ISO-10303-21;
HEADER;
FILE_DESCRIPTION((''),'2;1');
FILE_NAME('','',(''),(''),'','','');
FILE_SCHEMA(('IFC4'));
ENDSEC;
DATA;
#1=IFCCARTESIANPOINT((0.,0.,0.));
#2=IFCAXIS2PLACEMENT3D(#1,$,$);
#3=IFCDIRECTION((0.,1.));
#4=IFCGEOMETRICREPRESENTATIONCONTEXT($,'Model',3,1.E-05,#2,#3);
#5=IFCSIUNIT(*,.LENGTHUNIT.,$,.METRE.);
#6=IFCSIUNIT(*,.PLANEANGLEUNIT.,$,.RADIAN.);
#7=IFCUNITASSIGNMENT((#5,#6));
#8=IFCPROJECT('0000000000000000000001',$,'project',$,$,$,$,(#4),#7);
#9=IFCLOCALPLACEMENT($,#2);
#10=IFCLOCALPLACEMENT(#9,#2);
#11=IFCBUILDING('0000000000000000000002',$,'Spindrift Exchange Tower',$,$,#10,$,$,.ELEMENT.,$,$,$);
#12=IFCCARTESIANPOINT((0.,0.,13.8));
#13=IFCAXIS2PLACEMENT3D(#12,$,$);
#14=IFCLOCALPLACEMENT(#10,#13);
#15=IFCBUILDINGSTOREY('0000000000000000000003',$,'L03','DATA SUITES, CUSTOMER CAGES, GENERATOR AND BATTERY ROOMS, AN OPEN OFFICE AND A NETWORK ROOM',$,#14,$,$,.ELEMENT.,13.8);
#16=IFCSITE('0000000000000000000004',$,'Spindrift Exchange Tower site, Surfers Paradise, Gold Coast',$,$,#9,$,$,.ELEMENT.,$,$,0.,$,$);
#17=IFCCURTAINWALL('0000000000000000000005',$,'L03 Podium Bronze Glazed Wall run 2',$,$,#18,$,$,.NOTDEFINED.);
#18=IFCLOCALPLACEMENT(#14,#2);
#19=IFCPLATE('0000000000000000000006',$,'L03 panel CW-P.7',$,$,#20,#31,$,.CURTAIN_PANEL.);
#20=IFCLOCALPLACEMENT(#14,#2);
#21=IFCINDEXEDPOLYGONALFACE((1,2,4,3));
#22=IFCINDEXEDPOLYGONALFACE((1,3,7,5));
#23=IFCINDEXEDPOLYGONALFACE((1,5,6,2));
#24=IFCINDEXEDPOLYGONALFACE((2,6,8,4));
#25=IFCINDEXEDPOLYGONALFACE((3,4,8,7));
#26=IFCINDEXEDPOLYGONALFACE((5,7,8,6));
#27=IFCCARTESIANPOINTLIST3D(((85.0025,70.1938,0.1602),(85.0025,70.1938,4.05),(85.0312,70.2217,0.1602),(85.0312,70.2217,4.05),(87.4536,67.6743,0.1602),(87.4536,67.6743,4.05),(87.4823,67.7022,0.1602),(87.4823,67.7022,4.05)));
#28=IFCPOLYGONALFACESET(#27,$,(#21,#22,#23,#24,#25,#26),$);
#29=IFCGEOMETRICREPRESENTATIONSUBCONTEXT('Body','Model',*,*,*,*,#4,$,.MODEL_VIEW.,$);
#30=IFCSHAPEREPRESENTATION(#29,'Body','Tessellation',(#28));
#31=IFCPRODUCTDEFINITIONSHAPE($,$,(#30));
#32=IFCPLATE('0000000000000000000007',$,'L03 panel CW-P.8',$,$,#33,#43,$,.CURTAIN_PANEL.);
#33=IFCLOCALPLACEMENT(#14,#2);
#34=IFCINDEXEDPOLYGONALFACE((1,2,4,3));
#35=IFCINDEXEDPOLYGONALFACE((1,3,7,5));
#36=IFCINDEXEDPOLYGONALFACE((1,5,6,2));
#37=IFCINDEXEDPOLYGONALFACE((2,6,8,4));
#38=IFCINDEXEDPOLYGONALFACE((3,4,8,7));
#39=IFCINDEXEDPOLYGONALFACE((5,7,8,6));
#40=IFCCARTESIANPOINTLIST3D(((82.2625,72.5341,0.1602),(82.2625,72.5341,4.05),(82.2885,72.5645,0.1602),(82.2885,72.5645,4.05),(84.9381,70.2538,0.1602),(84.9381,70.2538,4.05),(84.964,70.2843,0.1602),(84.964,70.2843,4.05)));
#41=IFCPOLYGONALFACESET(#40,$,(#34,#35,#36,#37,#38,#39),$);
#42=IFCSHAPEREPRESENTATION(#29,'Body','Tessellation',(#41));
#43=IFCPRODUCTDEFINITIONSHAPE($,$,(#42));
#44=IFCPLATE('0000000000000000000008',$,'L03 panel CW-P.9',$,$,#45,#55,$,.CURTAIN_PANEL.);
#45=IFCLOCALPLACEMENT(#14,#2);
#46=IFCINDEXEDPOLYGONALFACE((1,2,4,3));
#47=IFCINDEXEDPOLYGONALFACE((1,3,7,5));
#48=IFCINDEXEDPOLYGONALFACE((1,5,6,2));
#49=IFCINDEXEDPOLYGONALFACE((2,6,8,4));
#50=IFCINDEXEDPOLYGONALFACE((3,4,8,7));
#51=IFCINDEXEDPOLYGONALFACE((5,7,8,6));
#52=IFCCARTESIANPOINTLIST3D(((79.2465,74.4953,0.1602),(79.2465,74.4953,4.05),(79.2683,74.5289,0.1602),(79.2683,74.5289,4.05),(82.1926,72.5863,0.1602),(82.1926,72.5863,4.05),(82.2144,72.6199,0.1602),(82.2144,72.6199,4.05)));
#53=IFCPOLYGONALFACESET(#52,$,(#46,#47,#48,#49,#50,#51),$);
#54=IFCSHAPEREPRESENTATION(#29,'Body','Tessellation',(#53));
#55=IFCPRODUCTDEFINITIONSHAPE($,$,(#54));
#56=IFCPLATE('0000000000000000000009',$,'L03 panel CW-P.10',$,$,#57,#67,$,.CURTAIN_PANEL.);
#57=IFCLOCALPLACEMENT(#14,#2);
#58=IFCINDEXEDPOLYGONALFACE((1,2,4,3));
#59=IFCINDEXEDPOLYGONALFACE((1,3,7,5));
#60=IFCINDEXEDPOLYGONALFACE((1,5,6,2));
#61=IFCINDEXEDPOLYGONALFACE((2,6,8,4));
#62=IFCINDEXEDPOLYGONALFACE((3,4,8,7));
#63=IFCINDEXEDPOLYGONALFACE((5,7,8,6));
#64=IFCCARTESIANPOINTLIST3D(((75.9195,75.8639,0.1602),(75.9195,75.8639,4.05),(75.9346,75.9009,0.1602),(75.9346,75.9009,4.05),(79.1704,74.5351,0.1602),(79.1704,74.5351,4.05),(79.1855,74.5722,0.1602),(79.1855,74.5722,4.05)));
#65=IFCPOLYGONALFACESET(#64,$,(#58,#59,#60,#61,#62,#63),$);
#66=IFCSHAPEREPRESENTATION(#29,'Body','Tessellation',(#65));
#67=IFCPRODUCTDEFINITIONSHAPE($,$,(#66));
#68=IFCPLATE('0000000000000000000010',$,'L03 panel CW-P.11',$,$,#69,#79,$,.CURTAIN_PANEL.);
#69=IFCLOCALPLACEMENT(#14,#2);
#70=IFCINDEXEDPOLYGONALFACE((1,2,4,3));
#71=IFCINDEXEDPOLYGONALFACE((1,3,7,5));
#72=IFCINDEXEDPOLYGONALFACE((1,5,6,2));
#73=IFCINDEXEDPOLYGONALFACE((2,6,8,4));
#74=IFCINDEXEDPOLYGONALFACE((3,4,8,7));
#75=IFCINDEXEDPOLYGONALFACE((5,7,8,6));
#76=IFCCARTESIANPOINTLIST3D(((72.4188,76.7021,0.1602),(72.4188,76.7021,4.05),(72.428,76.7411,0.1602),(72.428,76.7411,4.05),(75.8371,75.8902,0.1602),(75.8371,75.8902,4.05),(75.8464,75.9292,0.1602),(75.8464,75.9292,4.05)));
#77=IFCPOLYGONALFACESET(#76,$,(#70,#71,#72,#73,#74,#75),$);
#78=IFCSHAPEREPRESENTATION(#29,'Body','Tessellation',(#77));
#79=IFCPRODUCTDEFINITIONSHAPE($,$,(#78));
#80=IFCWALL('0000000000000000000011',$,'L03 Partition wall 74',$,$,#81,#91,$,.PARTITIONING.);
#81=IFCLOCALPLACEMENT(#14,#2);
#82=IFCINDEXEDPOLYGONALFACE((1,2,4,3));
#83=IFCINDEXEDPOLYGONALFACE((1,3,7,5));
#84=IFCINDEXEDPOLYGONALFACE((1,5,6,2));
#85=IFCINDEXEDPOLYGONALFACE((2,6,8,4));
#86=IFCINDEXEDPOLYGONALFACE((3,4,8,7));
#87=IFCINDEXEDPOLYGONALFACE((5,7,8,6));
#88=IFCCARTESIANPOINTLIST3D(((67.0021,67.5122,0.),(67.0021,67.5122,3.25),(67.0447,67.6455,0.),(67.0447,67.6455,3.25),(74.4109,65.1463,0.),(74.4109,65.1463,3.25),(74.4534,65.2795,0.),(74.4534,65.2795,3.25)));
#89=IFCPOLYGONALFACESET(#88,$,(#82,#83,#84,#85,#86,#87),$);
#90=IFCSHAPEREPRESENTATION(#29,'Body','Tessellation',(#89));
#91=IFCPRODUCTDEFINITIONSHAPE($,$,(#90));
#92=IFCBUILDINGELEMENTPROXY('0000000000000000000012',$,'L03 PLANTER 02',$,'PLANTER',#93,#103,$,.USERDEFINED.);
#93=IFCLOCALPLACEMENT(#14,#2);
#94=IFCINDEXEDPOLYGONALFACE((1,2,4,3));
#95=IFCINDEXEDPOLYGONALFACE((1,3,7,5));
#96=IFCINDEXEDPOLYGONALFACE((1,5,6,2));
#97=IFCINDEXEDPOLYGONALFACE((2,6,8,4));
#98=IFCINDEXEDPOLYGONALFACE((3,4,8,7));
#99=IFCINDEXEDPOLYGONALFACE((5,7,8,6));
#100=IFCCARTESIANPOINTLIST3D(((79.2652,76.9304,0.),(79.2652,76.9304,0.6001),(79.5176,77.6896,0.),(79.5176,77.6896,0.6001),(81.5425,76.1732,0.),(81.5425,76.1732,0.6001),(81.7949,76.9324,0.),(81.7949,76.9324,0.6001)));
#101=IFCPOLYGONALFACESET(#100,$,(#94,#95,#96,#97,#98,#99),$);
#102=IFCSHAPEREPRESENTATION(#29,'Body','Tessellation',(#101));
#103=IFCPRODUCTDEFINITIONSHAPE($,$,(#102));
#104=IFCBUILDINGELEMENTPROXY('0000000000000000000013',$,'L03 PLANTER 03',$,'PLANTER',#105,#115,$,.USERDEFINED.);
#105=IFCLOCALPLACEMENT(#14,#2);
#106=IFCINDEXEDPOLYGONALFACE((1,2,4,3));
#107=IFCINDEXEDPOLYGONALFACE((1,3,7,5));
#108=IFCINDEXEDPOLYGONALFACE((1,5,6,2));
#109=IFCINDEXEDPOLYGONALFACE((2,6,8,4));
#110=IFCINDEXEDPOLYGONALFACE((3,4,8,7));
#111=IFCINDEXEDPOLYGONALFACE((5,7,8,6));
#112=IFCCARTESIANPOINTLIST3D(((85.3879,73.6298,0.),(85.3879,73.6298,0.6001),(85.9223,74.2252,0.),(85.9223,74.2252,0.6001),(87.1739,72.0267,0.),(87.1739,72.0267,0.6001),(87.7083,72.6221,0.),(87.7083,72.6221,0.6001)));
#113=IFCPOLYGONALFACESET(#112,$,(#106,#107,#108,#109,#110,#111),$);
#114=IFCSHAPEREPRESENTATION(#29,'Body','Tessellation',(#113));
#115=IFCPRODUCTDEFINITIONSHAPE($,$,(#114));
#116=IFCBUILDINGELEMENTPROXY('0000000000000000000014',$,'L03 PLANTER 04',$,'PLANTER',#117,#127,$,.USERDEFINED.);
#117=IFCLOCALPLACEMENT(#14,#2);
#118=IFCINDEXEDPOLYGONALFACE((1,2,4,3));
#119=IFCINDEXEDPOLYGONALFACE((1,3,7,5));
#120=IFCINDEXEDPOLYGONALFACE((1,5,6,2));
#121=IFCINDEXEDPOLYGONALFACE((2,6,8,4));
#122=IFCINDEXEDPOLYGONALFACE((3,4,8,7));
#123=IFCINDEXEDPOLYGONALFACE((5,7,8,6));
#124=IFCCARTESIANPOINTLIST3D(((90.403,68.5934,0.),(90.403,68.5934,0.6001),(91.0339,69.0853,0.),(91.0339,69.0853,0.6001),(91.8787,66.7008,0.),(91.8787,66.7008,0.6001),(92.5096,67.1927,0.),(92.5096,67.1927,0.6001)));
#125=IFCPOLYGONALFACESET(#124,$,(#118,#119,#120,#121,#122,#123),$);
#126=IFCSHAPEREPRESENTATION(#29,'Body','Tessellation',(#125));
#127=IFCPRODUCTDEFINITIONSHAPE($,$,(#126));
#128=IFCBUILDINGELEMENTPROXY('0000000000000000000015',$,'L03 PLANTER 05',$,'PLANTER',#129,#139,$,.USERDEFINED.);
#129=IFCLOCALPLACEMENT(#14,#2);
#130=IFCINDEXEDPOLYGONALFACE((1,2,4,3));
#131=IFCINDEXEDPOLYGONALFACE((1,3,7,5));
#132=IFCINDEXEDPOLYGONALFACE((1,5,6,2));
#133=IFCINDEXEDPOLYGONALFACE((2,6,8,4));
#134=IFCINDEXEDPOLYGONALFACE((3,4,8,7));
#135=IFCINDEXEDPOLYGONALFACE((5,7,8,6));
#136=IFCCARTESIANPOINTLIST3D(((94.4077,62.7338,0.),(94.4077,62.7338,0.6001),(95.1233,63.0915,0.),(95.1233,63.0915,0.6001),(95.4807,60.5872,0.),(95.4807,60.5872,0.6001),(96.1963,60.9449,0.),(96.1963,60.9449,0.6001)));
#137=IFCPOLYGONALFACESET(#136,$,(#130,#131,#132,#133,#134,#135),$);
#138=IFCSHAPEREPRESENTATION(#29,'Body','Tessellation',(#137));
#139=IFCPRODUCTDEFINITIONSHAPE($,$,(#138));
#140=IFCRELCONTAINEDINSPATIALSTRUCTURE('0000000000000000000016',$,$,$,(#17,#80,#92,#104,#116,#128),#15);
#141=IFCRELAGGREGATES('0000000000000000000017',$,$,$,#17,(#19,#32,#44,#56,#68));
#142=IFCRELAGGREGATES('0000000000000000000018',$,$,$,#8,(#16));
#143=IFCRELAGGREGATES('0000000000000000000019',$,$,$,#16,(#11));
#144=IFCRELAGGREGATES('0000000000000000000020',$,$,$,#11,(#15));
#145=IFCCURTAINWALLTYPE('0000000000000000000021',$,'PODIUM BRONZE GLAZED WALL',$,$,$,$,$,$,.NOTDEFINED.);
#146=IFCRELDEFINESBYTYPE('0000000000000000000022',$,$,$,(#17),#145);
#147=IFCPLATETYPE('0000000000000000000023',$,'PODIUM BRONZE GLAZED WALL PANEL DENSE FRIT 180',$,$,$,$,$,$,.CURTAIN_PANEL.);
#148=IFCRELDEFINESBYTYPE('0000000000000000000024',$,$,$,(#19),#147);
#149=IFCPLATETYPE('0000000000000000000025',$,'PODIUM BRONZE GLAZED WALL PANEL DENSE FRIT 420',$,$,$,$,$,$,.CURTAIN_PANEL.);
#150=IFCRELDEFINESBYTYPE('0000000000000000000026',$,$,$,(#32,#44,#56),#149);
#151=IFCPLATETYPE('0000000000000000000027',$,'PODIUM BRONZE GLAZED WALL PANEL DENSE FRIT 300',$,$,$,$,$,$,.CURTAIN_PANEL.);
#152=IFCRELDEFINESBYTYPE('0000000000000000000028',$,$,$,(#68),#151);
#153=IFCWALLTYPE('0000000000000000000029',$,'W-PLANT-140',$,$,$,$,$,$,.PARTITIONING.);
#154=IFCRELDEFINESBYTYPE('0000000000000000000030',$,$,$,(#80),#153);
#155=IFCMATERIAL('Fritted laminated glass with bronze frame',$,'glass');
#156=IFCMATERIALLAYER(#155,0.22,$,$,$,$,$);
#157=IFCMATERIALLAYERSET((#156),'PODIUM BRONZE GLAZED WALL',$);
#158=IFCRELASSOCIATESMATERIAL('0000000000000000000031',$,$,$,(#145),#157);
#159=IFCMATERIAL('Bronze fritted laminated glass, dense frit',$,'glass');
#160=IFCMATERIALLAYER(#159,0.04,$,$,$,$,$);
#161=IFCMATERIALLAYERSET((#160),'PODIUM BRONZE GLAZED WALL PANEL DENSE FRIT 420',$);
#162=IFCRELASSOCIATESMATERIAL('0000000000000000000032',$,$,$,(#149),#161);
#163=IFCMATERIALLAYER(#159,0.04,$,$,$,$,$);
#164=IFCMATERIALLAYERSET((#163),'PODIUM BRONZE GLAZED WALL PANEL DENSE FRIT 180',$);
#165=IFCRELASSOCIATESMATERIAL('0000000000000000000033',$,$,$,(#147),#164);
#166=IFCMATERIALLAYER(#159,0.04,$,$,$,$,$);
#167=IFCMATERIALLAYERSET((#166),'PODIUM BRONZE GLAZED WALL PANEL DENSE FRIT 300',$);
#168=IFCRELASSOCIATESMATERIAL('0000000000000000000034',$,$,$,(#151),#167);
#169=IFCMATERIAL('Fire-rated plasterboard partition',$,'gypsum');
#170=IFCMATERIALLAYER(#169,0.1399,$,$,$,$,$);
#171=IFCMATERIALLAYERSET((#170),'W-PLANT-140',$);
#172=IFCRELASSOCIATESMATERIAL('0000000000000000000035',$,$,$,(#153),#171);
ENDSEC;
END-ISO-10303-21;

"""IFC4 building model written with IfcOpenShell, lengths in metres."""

from ifc_helpers import new_model, si_unit, direction, frame, frame_2d, origin, origin_2d, place, context, subcontext, project, spatial, rectangle, extrude, source, transform, mapped, material, layer, layer_set, type_object, element, aggregate, save


model = new_model("IFC4")

# Units and contexts
model_context = context("Model", 3, precision=1e-05, world=origin(), true_north=direction((0.0, 1.0)))
body_context = subcontext(model_context, "Body", "Model", "MODEL_VIEW")
ifc_project = project(units=[si_unit("LENGTHUNIT", "METRE"), si_unit("PLANEANGLEUNIT", "RADIAN")], contexts=[model_context])

# Site, building, storey
site_placement = place(None, origin())
site = spatial("IfcSite", under=ifc_project, at=site_placement, Name="Spindrift Exchange Tower site, Surfers Paradise, Gold Coast", CompositionType="ELEMENT", RefElevation=0.0)
building_placement = place(site_placement, origin())
building = spatial("IfcBuilding", under=site, at=building_placement, Name="Spindrift Exchange Tower", CompositionType="ELEMENT")
storey_placement = place(building_placement, frame((0.0, 0.0, 13.8)))
storey = spatial("IfcBuildingStorey", under=building, at=storey_placement, Name="L03", Description="DATA SUITES, CUSTOMER CAGES, GENERATOR AND BATTERY ROOMS, AN OPEN OFFICE AND A NETWORK ROOM", CompositionType="ELEMENT", Elevation=13.8)

# Curtain wall
ifc_material_1 = material(Name="Fritted laminated glass with bronze frame", Category="glass")
ifc_layer_1 = layer(ifc_material_1, 0.22)
ifc_layer_set_1 = layer_set([ifc_layer_1], Name="PODIUM BRONZE GLAZED WALL")
curtain_wall_type = type_object("IfcCurtainWallType", Name="PODIUM BRONZE GLAZED WALL", PredefinedType="NOTDEFINED", material=ifc_layer_set_1)
curtain_wall_1_placement = place(storey_placement, origin())
curtain_wall_1 = element("IfcCurtainWall", 1, at=curtain_wall_1_placement, inside=storey, type_object=curtain_wall_type, Name="L03 Podium Bronze Glazed Wall run 2", PredefinedType="NOTDEFINED")

# Plates
ifc_material_2 = material(Name="Bronze fritted laminated glass, dense frit", Category="glass")
ifc_layer_2 = layer(ifc_material_2, 0.04)
ifc_layer_set_2 = layer_set([ifc_layer_2], Name="PODIUM BRONZE GLAZED WALL PANEL DENSE FRIT 420")
plate_type_1 = type_object("IfcPlateType", Name="PODIUM BRONZE GLAZED WALL PANEL DENSE FRIT 420", PredefinedType="CURTAIN_PANEL", material=ifc_layer_set_2)
ifc_layer_3 = layer(ifc_material_2, 0.04)
ifc_layer_set_3 = layer_set([ifc_layer_3], Name="PODIUM BRONZE GLAZED WALL PANEL DENSE FRIT 180")
plate_type_2 = type_object("IfcPlateType", Name="PODIUM BRONZE GLAZED WALL PANEL DENSE FRIT 180", PredefinedType="CURTAIN_PANEL", material=ifc_layer_set_3)
shared_shape_1 = source(origin(), body_context, "Body", "SweptSolid", [
    extrude(rectangle(XDim=3.5151, YDim=0.04, at=origin_2d()), origin(), (0.0, 0.0, 1.0), 3.8899),
])
plate_1_placement = place(storey_placement, frame((86.2424, 68.948, 0.1602), z_axis=(0.0, 0.0, 1.0), x_axis=(-0.697304, 0.716776, 0.0)))
plate_1 = element("IfcPlate", 2, at=plate_1_placement, type_object=plate_type_2, Name="L03 panel CW-P.7", PredefinedType="CURTAIN_PANEL", context=body_context, shape_type="MappedRepresentation", body=[
    mapped(shared_shape_1, transform((0.0, 0.0, 0.0), scale=1.0)),
])
shared_shape_2 = source(origin(), body_context, "Body", "SweptSolid", [
    extrude(rectangle(XDim=3.5154, YDim=0.04, at=origin_2d()), origin(), (0.0, 0.0, 1.0), 3.8899),
])
plate_2_placement = place(storey_placement, frame((83.6133, 71.4092, 0.1602), z_axis=(0.0, 0.0, 1.0), x_axis=(-0.76109, 0.648646, 0.0)))
plate_2 = element("IfcPlate", 3, at=plate_2_placement, type_object=plate_type_1, Name="L03 panel CW-P.8", PredefinedType="CURTAIN_PANEL", context=body_context, shape_type="MappedRepresentation", body=[
    mapped(shared_shape_2, transform((0.0, 0.0, 0.0), scale=1.0)),
])
shared_shape_3 = source(origin(), body_context, "Body", "SweptSolid", [
    extrude(rectangle(XDim=3.5105, YDim=0.04, at=origin_2d()), origin(), (0.0, 0.0, 1.0), 3.8899),
])
plate_3_placement = place(storey_placement, frame((80.7305, 73.5576, 0.1602), z_axis=(0.0, 0.0, 1.0), x_axis=(-0.839218, 0.543796, 0.0)))
plate_3 = element("IfcPlate", 4, at=plate_3_placement, type_object=plate_type_1, Name="L03 panel CW-P.9", PredefinedType="CURTAIN_PANEL", context=body_context, shape_type="MappedRepresentation", body=[
    mapped(shared_shape_3, transform((0.0, 0.0, 0.0), scale=1.0)),
])
shared_shape_4 = source(origin(), body_context, "Body", "SweptSolid", [
    extrude(rectangle(XDim=3.512, YDim=0.04, at=origin_2d()), origin(), (0.0, 0.0, 1.0), 3.8899),
])
plate_4_placement = place(storey_placement, frame((77.5525, 75.218, 0.1602), z_axis=(0.0, 0.0, 1.0), x_axis=(-0.925659, 0.378359, 0.0)))
plate_4 = element("IfcPlate", 5, at=plate_4_placement, type_object=plate_type_1, Name="L03 panel CW-P.10", PredefinedType="CURTAIN_PANEL", context=body_context, shape_type="MappedRepresentation", body=[
    mapped(shared_shape_4, transform((0.0, 0.0, 0.0), scale=1.0)),
])
ifc_layer_4 = layer(ifc_material_2, 0.04)
ifc_layer_set_4 = layer_set([ifc_layer_4], Name="PODIUM BRONZE GLAZED WALL PANEL DENSE FRIT 300")
plate_type_3 = type_object("IfcPlateType", Name="PODIUM BRONZE GLAZED WALL PANEL DENSE FRIT 300", PredefinedType="CURTAIN_PANEL", material=ifc_layer_set_4)
shared_shape_5 = source(origin(), body_context, "Body", "SweptSolid", [
    extrude(rectangle(XDim=3.5134, YDim=0.04, at=origin_2d()), origin(), (0.0, 0.0, 1.0), 3.8899),
])
plate_5_placement = place(storey_placement, frame((74.1326, 76.3157, 0.1602), z_axis=(0.0, 0.0, 1.0), x_axis=(-0.972933, 0.231086, 0.0)))
plate_5 = element("IfcPlate", 6, at=plate_5_placement, type_object=plate_type_3, Name="L03 panel CW-P.11", PredefinedType="CURTAIN_PANEL", context=body_context, shape_type="MappedRepresentation", body=[
    mapped(shared_shape_5, transform((0.0, 0.0, 0.0), scale=1.0)),
])
aggregate(curtain_wall_1, [plate_1, plate_2, plate_3, plate_4, plate_5])

# Wall
ifc_material_3 = material(Name="Fire-rated plasterboard partition", Category="gypsum")
ifc_layer_5 = layer(ifc_material_3, 0.1399)
ifc_layer_set_5 = layer_set([ifc_layer_5], Name="W-PLANT-140")
wall_type = type_object("IfcWallType", Name="W-PLANT-140", PredefinedType="PARTITIONING", material=ifc_layer_set_5)
wall_placement = place(storey_placement, frame((74.4321, 65.2129, 0.0), z_axis=(0.0, 0.0, 1.0), x_axis=(-0.952604, 0.304214, 0.0)))
element("IfcWall", 7, at=wall_placement, inside=storey, type_object=wall_type, Name="L03 Partition wall 74", PredefinedType="PARTITIONING", context=body_context, shape_type="SweptSolid", body=[
    extrude(rectangle(XDim=7.7773, YDim=0.1399, at=frame_2d((3.8887, 0.0))), origin(), (0.0, 0.0, 1.0), 3.25),
])

# Building element proxies
shared_shape_6 = source(origin(), body_context, "Body", "SweptSolid", [
    extrude(rectangle(XDim=2.3999, YDim=0.8, at=origin_2d()), origin(), (0.0, 0.0, 1.0), 0.6001),
])
for number, where, z_axis, x_axis, name in (
    (8, (80.53, 76.9314, 0.0), (0.0, 0.0, 1.0), (0.948928, -0.315493, 0.0), "L03 PLANTER 02"),
    (9, (86.5481, 73.126, 0.0), (0.0, 0.0, 1.0), (0.744175, -0.667985, 0.0), "L03 PLANTER 03"),
    (10, (91.4563, 67.8931, 0.0), (0.0, 0.0, 1.0), (0.614895, -0.788609, 0.0), "L03 PLANTER 04"),
    (11, (95.302, 61.8394, 0.0), (0.0, 0.0, 1.0), (0.447105, -0.894481, 0.0), "L03 PLANTER 05"),
):
    element("IfcBuildingElementProxy", number, at=place(storey_placement, frame(where, z_axis=z_axis, x_axis=x_axis)), inside=storey, Name=name, ObjectType="PLANTER", PredefinedType="USERDEFINED", context=body_context, shape_type="MappedRepresentation", body=[
        mapped(shared_shape_6, transform((0.0, 0.0, 0.0), scale=1.0)),
    ])

save(model, "model.ifc")
